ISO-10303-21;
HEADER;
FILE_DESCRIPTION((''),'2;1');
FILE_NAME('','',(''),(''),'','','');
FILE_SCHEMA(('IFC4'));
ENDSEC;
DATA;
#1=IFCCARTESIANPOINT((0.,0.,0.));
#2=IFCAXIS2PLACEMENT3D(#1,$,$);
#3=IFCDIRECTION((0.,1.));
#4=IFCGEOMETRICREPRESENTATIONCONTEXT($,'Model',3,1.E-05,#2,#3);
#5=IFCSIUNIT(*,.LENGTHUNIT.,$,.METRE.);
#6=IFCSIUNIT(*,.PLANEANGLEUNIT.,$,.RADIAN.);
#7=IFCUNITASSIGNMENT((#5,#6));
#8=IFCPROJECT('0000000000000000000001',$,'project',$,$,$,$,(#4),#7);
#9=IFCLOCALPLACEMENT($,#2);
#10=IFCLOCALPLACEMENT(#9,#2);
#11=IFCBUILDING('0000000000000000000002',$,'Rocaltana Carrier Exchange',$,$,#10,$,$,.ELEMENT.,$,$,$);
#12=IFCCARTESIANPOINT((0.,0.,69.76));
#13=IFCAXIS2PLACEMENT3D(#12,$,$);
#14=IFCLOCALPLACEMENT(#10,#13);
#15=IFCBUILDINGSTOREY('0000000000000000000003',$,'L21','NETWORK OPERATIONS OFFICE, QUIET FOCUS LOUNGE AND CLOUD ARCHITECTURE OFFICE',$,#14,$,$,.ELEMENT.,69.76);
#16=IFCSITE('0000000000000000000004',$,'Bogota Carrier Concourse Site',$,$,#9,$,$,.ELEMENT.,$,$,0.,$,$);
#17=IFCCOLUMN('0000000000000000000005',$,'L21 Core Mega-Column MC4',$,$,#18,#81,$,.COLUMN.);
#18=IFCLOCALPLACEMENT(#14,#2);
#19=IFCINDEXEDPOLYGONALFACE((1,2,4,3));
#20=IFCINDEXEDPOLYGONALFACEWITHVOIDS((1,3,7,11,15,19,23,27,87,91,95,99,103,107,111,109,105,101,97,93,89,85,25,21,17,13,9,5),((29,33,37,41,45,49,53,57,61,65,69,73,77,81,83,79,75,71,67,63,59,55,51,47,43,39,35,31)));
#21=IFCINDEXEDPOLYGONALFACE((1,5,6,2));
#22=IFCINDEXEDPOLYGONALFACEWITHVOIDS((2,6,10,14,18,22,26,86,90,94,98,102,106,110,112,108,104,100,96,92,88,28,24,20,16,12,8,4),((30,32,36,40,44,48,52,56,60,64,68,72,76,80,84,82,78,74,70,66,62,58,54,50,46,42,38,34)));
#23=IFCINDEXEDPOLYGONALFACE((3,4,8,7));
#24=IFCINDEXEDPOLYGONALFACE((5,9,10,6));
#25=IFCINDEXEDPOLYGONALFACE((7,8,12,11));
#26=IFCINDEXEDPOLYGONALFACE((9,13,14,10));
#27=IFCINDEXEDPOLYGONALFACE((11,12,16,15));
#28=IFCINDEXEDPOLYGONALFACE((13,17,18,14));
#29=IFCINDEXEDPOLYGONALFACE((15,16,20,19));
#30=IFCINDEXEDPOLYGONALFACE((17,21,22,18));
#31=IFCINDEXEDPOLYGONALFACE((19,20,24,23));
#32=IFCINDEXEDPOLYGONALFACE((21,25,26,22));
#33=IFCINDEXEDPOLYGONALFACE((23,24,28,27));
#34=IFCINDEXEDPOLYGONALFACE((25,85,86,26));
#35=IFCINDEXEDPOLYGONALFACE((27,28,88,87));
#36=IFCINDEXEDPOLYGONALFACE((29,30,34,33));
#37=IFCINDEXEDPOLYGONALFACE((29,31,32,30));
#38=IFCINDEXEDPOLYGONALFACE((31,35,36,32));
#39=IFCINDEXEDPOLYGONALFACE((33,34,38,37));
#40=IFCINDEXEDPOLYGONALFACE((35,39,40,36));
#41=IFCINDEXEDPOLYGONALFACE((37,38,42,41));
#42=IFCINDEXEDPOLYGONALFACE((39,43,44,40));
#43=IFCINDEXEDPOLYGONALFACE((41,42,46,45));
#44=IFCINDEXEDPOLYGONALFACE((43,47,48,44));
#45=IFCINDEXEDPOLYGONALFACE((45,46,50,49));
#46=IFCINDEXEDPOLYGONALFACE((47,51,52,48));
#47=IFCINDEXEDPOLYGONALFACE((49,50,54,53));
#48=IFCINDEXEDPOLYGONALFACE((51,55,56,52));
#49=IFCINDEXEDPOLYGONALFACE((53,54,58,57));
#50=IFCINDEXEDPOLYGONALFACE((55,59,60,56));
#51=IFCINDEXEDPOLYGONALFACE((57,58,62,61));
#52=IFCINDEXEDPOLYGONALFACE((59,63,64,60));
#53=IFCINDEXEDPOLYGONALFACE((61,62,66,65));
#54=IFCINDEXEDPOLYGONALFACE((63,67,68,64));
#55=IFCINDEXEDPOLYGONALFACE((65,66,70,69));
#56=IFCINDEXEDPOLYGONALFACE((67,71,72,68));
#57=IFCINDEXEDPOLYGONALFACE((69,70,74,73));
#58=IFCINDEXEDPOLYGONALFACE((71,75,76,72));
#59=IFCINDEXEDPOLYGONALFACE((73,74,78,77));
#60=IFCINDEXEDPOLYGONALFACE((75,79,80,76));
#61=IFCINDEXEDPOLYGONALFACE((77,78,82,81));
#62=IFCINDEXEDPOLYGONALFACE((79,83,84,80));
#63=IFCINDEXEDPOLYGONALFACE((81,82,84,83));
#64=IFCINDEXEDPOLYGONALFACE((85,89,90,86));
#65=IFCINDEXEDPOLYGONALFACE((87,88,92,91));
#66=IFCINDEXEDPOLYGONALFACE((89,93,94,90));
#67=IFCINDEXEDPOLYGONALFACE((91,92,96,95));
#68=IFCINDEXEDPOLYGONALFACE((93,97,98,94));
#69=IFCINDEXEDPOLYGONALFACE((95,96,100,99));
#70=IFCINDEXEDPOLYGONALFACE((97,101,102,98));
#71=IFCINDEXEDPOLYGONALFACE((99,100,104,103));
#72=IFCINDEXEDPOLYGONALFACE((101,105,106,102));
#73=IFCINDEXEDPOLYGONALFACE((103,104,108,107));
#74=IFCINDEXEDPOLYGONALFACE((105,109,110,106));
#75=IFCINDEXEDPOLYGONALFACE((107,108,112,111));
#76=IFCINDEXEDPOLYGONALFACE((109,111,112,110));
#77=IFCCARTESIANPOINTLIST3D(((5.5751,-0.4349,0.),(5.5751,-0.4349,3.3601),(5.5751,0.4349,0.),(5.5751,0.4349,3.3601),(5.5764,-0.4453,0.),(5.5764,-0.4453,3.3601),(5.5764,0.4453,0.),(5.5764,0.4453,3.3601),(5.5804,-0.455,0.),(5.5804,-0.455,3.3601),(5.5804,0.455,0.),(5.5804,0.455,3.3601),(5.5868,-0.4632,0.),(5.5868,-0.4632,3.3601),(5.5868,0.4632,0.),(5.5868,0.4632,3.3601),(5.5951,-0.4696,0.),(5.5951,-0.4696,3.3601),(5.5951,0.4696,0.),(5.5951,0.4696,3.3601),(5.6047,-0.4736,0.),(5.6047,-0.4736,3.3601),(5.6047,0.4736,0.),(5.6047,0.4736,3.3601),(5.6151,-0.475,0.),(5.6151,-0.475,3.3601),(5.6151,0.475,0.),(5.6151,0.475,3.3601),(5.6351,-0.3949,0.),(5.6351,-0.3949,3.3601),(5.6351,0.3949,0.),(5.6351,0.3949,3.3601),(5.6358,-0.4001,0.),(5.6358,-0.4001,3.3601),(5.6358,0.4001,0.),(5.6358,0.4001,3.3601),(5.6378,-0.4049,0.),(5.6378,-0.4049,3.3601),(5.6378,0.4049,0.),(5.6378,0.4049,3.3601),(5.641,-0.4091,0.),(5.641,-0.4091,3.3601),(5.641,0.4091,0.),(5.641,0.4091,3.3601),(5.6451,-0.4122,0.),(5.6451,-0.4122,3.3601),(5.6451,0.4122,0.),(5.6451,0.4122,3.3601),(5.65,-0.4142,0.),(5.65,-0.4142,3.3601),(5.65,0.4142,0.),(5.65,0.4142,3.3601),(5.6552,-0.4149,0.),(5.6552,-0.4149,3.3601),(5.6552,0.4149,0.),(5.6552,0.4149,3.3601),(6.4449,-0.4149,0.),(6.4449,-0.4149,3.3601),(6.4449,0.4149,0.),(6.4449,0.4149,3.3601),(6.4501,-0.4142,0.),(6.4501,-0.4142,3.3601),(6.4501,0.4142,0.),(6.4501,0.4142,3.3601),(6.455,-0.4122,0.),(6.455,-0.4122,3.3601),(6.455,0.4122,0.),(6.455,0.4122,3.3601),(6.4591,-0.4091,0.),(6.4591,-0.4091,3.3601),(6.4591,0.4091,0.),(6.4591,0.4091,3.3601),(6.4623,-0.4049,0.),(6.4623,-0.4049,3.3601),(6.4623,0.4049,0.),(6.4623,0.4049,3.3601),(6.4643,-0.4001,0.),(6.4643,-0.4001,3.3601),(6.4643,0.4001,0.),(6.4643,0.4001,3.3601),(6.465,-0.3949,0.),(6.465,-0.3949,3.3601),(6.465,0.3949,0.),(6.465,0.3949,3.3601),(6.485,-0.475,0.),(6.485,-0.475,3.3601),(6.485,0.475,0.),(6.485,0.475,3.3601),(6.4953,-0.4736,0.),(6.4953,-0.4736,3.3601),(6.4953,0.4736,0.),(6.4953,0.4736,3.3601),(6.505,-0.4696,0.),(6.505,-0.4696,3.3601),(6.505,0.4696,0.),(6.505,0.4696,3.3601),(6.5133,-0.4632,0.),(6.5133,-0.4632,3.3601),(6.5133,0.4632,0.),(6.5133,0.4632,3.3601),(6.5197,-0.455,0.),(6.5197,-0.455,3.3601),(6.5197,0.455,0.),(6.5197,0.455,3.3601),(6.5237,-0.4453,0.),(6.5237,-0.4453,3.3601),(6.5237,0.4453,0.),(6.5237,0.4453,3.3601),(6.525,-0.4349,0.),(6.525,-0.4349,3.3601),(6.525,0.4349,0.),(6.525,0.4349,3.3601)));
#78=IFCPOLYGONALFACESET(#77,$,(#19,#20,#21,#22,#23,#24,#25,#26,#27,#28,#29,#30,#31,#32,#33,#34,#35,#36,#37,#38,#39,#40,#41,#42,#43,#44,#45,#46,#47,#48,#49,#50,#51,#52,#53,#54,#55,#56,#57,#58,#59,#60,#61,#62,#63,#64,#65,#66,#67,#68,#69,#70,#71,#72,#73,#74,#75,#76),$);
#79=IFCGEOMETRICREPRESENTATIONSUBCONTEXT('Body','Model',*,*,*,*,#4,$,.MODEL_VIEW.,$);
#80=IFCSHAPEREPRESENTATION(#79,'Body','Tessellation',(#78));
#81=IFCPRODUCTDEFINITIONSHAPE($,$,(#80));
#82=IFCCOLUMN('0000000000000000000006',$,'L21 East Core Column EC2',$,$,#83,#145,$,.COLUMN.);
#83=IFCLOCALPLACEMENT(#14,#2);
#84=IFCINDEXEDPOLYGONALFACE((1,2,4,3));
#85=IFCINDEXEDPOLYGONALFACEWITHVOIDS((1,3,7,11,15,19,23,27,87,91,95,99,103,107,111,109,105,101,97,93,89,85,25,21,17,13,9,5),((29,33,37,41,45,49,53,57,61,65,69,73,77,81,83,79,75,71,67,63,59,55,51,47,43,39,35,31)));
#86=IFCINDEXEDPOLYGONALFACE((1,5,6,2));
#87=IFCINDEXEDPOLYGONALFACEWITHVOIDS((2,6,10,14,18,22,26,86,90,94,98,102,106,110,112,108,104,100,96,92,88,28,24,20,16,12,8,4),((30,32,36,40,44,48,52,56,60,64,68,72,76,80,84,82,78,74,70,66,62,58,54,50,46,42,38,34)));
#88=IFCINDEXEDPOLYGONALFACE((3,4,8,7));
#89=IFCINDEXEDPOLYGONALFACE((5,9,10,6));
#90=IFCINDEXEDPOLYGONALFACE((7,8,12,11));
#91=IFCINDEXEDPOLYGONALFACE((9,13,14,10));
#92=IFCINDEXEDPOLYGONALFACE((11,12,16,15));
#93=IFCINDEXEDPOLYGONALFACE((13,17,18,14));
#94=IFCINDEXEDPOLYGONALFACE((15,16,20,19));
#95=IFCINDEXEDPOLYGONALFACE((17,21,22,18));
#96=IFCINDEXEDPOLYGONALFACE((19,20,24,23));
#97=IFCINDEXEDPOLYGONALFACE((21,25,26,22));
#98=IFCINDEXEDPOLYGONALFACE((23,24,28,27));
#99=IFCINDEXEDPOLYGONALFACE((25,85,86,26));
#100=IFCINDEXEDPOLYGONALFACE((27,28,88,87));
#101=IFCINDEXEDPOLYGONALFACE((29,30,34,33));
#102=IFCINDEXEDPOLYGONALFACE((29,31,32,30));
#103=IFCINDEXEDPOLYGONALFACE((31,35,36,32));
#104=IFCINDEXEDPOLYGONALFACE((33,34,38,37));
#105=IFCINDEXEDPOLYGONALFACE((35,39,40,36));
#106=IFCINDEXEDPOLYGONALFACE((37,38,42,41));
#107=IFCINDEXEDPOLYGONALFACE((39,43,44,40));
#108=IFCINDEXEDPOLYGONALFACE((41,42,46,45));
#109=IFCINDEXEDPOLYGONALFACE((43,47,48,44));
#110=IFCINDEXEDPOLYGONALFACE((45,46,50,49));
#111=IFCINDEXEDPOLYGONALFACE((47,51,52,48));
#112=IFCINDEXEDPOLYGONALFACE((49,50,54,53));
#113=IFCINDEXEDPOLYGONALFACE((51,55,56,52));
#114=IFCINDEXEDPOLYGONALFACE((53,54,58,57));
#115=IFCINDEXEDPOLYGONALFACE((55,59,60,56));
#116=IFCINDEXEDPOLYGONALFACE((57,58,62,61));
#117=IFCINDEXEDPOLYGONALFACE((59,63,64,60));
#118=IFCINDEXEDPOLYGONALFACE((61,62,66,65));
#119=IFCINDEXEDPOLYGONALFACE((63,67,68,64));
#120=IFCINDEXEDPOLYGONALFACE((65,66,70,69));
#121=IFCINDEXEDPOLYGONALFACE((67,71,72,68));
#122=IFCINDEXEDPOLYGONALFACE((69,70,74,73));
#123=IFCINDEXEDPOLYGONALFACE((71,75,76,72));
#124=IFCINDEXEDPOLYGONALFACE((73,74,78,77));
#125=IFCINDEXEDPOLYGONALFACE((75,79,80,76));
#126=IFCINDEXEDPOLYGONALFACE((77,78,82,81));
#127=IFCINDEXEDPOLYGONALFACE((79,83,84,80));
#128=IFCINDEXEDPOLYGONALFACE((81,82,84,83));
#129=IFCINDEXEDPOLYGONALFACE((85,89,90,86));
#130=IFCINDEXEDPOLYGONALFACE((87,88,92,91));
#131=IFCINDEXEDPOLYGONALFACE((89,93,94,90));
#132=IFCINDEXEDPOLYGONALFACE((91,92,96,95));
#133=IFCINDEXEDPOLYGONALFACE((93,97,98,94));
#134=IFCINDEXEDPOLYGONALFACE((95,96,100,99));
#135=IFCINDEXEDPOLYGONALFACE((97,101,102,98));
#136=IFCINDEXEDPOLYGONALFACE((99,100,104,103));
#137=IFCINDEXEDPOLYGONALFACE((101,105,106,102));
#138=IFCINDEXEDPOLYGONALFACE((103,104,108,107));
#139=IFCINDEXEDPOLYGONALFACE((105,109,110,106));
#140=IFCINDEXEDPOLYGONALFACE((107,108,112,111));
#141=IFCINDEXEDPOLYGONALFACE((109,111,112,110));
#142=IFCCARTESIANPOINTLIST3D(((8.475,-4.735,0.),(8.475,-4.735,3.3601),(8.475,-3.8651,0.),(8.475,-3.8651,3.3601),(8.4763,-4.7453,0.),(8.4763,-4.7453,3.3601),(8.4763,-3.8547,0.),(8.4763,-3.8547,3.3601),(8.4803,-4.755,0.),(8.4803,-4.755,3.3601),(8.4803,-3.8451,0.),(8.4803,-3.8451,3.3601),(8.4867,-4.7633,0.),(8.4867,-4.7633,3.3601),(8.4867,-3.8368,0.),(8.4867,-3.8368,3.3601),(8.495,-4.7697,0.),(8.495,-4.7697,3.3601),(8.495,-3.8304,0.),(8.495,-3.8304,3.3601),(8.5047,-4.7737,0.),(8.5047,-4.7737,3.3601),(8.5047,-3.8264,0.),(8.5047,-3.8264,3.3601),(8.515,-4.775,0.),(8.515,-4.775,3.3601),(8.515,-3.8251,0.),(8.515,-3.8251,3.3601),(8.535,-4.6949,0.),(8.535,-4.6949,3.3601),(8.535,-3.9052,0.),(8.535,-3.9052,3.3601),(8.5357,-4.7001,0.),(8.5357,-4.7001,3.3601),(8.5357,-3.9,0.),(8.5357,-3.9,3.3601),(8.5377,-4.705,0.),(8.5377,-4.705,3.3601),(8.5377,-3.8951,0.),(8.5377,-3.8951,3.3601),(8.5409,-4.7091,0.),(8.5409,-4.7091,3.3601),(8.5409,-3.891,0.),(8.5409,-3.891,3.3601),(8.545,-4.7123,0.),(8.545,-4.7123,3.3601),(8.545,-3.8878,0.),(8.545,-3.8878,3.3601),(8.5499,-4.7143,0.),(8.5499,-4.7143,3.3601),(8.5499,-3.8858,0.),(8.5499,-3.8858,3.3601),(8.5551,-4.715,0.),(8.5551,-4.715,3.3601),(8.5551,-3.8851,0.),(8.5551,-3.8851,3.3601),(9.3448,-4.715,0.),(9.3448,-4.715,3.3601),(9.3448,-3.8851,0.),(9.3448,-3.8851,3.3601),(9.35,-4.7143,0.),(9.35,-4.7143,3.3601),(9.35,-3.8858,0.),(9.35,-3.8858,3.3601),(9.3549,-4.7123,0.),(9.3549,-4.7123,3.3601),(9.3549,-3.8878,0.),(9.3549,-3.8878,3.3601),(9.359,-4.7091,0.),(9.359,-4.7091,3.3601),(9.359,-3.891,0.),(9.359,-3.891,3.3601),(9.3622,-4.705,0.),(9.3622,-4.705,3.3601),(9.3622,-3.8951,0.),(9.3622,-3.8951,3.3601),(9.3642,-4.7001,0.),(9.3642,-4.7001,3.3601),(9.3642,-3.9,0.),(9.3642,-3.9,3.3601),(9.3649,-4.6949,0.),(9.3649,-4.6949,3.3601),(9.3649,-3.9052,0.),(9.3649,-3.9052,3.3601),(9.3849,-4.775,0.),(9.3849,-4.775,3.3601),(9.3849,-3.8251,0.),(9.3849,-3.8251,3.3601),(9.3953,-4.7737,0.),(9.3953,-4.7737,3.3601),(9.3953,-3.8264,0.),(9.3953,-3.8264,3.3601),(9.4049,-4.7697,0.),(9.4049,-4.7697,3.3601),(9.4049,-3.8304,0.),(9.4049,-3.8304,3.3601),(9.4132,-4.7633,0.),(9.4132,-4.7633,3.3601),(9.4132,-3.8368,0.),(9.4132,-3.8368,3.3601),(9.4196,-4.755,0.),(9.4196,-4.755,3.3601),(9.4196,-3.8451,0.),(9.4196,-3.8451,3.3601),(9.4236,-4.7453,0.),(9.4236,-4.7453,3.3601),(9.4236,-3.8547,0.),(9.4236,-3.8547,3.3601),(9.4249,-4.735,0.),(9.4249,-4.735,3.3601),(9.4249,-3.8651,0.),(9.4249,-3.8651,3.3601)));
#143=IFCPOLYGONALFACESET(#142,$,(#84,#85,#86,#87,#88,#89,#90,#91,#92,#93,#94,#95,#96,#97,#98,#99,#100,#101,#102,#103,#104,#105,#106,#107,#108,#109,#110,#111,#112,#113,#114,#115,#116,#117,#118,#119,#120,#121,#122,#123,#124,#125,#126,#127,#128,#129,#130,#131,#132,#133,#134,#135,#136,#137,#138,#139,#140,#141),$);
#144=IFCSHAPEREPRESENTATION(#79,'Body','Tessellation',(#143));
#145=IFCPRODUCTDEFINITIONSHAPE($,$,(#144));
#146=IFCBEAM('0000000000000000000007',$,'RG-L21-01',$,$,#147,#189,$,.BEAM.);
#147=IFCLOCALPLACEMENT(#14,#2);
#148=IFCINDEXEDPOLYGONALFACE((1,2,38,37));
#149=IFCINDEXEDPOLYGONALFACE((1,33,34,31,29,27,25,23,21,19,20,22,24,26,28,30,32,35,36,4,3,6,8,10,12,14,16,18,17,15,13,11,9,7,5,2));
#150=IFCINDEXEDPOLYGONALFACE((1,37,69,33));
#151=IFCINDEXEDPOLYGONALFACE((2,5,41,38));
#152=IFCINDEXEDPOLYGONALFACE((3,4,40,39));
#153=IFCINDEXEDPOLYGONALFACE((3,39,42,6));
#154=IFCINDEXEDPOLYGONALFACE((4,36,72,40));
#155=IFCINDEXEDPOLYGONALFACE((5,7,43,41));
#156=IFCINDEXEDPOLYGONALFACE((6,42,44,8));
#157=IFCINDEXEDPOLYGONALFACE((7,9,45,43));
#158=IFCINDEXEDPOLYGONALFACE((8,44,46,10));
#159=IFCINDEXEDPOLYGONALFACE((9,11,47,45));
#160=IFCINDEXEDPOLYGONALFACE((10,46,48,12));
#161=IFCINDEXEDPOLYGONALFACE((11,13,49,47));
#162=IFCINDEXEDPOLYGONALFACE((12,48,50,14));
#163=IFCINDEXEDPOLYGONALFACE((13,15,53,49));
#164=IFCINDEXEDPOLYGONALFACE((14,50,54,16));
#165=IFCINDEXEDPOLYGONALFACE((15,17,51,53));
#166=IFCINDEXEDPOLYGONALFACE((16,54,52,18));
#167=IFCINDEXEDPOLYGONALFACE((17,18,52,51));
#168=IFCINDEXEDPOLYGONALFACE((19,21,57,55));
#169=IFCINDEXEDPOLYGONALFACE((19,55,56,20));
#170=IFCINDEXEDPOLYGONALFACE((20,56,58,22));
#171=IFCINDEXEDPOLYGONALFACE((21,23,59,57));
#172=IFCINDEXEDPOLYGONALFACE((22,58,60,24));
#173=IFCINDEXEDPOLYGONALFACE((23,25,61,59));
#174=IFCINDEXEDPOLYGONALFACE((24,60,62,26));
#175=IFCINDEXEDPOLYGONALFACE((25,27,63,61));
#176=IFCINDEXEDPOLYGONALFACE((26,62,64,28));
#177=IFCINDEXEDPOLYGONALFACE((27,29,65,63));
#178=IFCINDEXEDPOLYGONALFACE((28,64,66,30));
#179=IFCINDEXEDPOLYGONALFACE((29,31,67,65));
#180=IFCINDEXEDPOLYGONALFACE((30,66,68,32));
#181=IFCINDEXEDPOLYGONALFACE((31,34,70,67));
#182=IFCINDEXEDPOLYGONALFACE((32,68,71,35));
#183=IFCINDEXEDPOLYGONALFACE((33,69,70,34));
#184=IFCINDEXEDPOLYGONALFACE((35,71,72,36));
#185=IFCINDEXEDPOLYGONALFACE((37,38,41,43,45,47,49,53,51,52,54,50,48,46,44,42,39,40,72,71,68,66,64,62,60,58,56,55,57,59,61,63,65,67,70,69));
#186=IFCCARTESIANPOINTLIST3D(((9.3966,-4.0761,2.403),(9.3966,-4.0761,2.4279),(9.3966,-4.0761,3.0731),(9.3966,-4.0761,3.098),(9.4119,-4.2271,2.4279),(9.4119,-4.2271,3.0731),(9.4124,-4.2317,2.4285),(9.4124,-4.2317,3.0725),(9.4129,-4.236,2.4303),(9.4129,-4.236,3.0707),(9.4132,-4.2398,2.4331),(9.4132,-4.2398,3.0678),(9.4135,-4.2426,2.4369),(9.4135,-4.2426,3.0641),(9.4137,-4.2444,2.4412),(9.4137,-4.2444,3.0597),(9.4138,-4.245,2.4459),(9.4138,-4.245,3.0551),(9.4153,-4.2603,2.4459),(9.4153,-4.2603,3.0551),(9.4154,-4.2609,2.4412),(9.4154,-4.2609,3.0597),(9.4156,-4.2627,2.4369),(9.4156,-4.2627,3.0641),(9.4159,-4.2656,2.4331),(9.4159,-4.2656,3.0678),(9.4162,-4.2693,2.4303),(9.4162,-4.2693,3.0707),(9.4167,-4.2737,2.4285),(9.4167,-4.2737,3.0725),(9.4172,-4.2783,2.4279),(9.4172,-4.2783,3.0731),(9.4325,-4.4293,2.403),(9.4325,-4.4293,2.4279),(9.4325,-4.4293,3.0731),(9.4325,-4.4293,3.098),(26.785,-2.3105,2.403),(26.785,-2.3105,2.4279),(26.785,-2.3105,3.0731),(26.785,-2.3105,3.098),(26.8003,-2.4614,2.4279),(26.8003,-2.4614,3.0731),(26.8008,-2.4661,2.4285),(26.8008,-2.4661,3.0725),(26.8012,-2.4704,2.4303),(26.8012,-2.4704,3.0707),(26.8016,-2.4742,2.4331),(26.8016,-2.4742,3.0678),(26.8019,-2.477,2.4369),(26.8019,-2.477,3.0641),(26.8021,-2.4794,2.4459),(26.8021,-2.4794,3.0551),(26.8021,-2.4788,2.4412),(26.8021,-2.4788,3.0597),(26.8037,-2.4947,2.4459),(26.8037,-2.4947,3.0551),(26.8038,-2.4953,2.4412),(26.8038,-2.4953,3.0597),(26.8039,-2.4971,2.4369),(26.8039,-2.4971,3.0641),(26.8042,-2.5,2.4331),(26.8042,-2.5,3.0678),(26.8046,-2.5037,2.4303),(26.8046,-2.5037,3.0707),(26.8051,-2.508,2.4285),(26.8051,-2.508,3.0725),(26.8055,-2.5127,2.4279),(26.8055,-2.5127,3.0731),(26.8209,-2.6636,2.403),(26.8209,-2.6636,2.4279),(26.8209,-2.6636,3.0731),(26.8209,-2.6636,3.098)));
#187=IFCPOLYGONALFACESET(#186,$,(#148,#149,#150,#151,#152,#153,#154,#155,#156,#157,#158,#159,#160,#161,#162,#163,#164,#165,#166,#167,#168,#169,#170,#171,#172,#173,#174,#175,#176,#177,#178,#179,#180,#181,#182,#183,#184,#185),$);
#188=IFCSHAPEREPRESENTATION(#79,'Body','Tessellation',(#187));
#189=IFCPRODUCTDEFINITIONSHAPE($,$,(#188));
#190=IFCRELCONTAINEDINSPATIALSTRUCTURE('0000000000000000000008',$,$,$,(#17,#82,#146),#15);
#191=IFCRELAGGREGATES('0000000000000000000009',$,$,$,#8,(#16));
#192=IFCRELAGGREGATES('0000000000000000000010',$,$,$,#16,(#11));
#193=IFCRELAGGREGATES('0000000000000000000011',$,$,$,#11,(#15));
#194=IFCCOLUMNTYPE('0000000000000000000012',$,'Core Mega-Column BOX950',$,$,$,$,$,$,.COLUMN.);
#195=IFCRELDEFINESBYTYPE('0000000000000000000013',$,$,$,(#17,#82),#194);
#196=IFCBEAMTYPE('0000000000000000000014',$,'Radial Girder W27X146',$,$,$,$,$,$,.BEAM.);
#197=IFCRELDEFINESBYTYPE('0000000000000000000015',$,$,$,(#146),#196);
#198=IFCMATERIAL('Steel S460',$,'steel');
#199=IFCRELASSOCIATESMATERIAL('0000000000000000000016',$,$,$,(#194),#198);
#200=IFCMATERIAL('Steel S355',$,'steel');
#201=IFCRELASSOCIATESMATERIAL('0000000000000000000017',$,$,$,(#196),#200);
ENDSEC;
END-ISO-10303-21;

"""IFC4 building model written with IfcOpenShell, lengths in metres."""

from ifc_helpers import new_model, si_unit, direction, frame, origin, origin_2d, place, context, subcontext, project, spatial, hollow_rectangle, i_section, extrude, material, material_profile, profile_set, type_object, element, save


model = new_model("IFC4")

# Units and contexts
model_context = context("Model", 3, precision=1e-05, world=origin(), true_north=direction((0.0, 1.0)))
body_context = subcontext(model_context, "Body", "Model", "MODEL_VIEW")
ifc_project = project(units=[si_unit("LENGTHUNIT", "METRE"), si_unit("PLANEANGLEUNIT", "RADIAN")], contexts=[model_context])

# Site, building, storey
site_placement = place(None, origin())
site = spatial("IfcSite", under=ifc_project, at=site_placement, Name="Bogota Carrier Concourse Site", CompositionType="ELEMENT", RefElevation=0.0)
building_placement = place(site_placement, origin())
building = spatial("IfcBuilding", under=site, at=building_placement, Name="Rocaltana Carrier Exchange", CompositionType="ELEMENT")
storey_placement = place(building_placement, frame((0.0, 0.0, 69.76)))
storey = spatial("IfcBuildingStorey", under=building, at=storey_placement, Name="L21", Description="NETWORK OPERATIONS OFFICE, QUIET FOCUS LOUNGE AND CLOUD ARCHITECTURE OFFICE", CompositionType="ELEMENT", Elevation=69.76)

# Columns
ifc_material_1 = material(Name="Steel S460", Category="steel")
ifc_material_profile_1 = material_profile(ifc_material_1, hollow_rectangle(XDim=0.95, YDim=0.95, WallThickness=0.0601, InnerFilletRadius=0.02, OuterFilletRadius=0.04, at=origin_2d()), Name="BOX950X950X60")
ifc_profile_set_1 = profile_set([ifc_material_profile_1], Name="Steel S460")
column_type = type_object("IfcColumnType", Name="Core Mega-Column BOX950", PredefinedType="COLUMN", material=ifc_profile_set_1)
for number, where, z_axis, x_axis, name in (
    (1, (6.05, 0.0, 0.0), (0.0, 0.0, 1.0), (1.0, 0.0, 0.0), "L21 Core Mega-Column MC4"),
    (2, (8.95, -4.3, 0.0), (0.0, 0.0, 1.0), (1.0, 0.0, 0.0), "L21 East Core Column EC2"),
):
    element("IfcColumn", number, at=place(storey_placement, frame(where, z_axis=z_axis, x_axis=x_axis)), inside=storey, type_object=column_type, Name=name, PredefinedType="COLUMN", context=body_context, shape_type="SweptSolid", body=[
        extrude(hollow_rectangle(XDim=0.95, YDim=0.95, WallThickness=0.0601, InnerFilletRadius=0.02, OuterFilletRadius=0.04, at=origin_2d()), origin(), (0.0, 0.0, 1.0), 3.3601),
    ])

# Beam
ifc_material_2 = material(Name="Steel S355", Category="steel")
ifc_material_profile_2 = material_profile(ifc_material_2, i_section(OverallWidth=0.355, OverallDepth=0.6951, WebThickness=0.0154, FlangeThickness=0.0249, FilletRadius=0.0181, at=origin_2d()), Name="W27X146")
ifc_profile_set_2 = profile_set([ifc_material_profile_2], Name="Steel S355")
beam_type = type_object("IfcBeamType", Name="Radial Girder W27X146", PredefinedType="BEAM", material=ifc_profile_set_2)
beam_1_placement = place(storey_placement, frame((9.4146, -4.2527, 2.7505), z_axis=(0.994884, 0.101021, 0.0), x_axis=(-0.101021, 0.994884, 0.0)))
element("IfcBeam", 3, at=beam_1_placement, inside=storey, type_object=beam_type, Name="RG-L21-01", PredefinedType="BEAM", context=body_context, shape_type="SweptSolid", body=[
    extrude(i_section(OverallWidth=0.355, OverallDepth=0.6951, WebThickness=0.0154, FlangeThickness=0.0249, FilletRadius=0.0181, at=origin_2d()), origin(), (0.0, 0.0, 1.0), 17.4778),
])

save(model, "model.ifc")
